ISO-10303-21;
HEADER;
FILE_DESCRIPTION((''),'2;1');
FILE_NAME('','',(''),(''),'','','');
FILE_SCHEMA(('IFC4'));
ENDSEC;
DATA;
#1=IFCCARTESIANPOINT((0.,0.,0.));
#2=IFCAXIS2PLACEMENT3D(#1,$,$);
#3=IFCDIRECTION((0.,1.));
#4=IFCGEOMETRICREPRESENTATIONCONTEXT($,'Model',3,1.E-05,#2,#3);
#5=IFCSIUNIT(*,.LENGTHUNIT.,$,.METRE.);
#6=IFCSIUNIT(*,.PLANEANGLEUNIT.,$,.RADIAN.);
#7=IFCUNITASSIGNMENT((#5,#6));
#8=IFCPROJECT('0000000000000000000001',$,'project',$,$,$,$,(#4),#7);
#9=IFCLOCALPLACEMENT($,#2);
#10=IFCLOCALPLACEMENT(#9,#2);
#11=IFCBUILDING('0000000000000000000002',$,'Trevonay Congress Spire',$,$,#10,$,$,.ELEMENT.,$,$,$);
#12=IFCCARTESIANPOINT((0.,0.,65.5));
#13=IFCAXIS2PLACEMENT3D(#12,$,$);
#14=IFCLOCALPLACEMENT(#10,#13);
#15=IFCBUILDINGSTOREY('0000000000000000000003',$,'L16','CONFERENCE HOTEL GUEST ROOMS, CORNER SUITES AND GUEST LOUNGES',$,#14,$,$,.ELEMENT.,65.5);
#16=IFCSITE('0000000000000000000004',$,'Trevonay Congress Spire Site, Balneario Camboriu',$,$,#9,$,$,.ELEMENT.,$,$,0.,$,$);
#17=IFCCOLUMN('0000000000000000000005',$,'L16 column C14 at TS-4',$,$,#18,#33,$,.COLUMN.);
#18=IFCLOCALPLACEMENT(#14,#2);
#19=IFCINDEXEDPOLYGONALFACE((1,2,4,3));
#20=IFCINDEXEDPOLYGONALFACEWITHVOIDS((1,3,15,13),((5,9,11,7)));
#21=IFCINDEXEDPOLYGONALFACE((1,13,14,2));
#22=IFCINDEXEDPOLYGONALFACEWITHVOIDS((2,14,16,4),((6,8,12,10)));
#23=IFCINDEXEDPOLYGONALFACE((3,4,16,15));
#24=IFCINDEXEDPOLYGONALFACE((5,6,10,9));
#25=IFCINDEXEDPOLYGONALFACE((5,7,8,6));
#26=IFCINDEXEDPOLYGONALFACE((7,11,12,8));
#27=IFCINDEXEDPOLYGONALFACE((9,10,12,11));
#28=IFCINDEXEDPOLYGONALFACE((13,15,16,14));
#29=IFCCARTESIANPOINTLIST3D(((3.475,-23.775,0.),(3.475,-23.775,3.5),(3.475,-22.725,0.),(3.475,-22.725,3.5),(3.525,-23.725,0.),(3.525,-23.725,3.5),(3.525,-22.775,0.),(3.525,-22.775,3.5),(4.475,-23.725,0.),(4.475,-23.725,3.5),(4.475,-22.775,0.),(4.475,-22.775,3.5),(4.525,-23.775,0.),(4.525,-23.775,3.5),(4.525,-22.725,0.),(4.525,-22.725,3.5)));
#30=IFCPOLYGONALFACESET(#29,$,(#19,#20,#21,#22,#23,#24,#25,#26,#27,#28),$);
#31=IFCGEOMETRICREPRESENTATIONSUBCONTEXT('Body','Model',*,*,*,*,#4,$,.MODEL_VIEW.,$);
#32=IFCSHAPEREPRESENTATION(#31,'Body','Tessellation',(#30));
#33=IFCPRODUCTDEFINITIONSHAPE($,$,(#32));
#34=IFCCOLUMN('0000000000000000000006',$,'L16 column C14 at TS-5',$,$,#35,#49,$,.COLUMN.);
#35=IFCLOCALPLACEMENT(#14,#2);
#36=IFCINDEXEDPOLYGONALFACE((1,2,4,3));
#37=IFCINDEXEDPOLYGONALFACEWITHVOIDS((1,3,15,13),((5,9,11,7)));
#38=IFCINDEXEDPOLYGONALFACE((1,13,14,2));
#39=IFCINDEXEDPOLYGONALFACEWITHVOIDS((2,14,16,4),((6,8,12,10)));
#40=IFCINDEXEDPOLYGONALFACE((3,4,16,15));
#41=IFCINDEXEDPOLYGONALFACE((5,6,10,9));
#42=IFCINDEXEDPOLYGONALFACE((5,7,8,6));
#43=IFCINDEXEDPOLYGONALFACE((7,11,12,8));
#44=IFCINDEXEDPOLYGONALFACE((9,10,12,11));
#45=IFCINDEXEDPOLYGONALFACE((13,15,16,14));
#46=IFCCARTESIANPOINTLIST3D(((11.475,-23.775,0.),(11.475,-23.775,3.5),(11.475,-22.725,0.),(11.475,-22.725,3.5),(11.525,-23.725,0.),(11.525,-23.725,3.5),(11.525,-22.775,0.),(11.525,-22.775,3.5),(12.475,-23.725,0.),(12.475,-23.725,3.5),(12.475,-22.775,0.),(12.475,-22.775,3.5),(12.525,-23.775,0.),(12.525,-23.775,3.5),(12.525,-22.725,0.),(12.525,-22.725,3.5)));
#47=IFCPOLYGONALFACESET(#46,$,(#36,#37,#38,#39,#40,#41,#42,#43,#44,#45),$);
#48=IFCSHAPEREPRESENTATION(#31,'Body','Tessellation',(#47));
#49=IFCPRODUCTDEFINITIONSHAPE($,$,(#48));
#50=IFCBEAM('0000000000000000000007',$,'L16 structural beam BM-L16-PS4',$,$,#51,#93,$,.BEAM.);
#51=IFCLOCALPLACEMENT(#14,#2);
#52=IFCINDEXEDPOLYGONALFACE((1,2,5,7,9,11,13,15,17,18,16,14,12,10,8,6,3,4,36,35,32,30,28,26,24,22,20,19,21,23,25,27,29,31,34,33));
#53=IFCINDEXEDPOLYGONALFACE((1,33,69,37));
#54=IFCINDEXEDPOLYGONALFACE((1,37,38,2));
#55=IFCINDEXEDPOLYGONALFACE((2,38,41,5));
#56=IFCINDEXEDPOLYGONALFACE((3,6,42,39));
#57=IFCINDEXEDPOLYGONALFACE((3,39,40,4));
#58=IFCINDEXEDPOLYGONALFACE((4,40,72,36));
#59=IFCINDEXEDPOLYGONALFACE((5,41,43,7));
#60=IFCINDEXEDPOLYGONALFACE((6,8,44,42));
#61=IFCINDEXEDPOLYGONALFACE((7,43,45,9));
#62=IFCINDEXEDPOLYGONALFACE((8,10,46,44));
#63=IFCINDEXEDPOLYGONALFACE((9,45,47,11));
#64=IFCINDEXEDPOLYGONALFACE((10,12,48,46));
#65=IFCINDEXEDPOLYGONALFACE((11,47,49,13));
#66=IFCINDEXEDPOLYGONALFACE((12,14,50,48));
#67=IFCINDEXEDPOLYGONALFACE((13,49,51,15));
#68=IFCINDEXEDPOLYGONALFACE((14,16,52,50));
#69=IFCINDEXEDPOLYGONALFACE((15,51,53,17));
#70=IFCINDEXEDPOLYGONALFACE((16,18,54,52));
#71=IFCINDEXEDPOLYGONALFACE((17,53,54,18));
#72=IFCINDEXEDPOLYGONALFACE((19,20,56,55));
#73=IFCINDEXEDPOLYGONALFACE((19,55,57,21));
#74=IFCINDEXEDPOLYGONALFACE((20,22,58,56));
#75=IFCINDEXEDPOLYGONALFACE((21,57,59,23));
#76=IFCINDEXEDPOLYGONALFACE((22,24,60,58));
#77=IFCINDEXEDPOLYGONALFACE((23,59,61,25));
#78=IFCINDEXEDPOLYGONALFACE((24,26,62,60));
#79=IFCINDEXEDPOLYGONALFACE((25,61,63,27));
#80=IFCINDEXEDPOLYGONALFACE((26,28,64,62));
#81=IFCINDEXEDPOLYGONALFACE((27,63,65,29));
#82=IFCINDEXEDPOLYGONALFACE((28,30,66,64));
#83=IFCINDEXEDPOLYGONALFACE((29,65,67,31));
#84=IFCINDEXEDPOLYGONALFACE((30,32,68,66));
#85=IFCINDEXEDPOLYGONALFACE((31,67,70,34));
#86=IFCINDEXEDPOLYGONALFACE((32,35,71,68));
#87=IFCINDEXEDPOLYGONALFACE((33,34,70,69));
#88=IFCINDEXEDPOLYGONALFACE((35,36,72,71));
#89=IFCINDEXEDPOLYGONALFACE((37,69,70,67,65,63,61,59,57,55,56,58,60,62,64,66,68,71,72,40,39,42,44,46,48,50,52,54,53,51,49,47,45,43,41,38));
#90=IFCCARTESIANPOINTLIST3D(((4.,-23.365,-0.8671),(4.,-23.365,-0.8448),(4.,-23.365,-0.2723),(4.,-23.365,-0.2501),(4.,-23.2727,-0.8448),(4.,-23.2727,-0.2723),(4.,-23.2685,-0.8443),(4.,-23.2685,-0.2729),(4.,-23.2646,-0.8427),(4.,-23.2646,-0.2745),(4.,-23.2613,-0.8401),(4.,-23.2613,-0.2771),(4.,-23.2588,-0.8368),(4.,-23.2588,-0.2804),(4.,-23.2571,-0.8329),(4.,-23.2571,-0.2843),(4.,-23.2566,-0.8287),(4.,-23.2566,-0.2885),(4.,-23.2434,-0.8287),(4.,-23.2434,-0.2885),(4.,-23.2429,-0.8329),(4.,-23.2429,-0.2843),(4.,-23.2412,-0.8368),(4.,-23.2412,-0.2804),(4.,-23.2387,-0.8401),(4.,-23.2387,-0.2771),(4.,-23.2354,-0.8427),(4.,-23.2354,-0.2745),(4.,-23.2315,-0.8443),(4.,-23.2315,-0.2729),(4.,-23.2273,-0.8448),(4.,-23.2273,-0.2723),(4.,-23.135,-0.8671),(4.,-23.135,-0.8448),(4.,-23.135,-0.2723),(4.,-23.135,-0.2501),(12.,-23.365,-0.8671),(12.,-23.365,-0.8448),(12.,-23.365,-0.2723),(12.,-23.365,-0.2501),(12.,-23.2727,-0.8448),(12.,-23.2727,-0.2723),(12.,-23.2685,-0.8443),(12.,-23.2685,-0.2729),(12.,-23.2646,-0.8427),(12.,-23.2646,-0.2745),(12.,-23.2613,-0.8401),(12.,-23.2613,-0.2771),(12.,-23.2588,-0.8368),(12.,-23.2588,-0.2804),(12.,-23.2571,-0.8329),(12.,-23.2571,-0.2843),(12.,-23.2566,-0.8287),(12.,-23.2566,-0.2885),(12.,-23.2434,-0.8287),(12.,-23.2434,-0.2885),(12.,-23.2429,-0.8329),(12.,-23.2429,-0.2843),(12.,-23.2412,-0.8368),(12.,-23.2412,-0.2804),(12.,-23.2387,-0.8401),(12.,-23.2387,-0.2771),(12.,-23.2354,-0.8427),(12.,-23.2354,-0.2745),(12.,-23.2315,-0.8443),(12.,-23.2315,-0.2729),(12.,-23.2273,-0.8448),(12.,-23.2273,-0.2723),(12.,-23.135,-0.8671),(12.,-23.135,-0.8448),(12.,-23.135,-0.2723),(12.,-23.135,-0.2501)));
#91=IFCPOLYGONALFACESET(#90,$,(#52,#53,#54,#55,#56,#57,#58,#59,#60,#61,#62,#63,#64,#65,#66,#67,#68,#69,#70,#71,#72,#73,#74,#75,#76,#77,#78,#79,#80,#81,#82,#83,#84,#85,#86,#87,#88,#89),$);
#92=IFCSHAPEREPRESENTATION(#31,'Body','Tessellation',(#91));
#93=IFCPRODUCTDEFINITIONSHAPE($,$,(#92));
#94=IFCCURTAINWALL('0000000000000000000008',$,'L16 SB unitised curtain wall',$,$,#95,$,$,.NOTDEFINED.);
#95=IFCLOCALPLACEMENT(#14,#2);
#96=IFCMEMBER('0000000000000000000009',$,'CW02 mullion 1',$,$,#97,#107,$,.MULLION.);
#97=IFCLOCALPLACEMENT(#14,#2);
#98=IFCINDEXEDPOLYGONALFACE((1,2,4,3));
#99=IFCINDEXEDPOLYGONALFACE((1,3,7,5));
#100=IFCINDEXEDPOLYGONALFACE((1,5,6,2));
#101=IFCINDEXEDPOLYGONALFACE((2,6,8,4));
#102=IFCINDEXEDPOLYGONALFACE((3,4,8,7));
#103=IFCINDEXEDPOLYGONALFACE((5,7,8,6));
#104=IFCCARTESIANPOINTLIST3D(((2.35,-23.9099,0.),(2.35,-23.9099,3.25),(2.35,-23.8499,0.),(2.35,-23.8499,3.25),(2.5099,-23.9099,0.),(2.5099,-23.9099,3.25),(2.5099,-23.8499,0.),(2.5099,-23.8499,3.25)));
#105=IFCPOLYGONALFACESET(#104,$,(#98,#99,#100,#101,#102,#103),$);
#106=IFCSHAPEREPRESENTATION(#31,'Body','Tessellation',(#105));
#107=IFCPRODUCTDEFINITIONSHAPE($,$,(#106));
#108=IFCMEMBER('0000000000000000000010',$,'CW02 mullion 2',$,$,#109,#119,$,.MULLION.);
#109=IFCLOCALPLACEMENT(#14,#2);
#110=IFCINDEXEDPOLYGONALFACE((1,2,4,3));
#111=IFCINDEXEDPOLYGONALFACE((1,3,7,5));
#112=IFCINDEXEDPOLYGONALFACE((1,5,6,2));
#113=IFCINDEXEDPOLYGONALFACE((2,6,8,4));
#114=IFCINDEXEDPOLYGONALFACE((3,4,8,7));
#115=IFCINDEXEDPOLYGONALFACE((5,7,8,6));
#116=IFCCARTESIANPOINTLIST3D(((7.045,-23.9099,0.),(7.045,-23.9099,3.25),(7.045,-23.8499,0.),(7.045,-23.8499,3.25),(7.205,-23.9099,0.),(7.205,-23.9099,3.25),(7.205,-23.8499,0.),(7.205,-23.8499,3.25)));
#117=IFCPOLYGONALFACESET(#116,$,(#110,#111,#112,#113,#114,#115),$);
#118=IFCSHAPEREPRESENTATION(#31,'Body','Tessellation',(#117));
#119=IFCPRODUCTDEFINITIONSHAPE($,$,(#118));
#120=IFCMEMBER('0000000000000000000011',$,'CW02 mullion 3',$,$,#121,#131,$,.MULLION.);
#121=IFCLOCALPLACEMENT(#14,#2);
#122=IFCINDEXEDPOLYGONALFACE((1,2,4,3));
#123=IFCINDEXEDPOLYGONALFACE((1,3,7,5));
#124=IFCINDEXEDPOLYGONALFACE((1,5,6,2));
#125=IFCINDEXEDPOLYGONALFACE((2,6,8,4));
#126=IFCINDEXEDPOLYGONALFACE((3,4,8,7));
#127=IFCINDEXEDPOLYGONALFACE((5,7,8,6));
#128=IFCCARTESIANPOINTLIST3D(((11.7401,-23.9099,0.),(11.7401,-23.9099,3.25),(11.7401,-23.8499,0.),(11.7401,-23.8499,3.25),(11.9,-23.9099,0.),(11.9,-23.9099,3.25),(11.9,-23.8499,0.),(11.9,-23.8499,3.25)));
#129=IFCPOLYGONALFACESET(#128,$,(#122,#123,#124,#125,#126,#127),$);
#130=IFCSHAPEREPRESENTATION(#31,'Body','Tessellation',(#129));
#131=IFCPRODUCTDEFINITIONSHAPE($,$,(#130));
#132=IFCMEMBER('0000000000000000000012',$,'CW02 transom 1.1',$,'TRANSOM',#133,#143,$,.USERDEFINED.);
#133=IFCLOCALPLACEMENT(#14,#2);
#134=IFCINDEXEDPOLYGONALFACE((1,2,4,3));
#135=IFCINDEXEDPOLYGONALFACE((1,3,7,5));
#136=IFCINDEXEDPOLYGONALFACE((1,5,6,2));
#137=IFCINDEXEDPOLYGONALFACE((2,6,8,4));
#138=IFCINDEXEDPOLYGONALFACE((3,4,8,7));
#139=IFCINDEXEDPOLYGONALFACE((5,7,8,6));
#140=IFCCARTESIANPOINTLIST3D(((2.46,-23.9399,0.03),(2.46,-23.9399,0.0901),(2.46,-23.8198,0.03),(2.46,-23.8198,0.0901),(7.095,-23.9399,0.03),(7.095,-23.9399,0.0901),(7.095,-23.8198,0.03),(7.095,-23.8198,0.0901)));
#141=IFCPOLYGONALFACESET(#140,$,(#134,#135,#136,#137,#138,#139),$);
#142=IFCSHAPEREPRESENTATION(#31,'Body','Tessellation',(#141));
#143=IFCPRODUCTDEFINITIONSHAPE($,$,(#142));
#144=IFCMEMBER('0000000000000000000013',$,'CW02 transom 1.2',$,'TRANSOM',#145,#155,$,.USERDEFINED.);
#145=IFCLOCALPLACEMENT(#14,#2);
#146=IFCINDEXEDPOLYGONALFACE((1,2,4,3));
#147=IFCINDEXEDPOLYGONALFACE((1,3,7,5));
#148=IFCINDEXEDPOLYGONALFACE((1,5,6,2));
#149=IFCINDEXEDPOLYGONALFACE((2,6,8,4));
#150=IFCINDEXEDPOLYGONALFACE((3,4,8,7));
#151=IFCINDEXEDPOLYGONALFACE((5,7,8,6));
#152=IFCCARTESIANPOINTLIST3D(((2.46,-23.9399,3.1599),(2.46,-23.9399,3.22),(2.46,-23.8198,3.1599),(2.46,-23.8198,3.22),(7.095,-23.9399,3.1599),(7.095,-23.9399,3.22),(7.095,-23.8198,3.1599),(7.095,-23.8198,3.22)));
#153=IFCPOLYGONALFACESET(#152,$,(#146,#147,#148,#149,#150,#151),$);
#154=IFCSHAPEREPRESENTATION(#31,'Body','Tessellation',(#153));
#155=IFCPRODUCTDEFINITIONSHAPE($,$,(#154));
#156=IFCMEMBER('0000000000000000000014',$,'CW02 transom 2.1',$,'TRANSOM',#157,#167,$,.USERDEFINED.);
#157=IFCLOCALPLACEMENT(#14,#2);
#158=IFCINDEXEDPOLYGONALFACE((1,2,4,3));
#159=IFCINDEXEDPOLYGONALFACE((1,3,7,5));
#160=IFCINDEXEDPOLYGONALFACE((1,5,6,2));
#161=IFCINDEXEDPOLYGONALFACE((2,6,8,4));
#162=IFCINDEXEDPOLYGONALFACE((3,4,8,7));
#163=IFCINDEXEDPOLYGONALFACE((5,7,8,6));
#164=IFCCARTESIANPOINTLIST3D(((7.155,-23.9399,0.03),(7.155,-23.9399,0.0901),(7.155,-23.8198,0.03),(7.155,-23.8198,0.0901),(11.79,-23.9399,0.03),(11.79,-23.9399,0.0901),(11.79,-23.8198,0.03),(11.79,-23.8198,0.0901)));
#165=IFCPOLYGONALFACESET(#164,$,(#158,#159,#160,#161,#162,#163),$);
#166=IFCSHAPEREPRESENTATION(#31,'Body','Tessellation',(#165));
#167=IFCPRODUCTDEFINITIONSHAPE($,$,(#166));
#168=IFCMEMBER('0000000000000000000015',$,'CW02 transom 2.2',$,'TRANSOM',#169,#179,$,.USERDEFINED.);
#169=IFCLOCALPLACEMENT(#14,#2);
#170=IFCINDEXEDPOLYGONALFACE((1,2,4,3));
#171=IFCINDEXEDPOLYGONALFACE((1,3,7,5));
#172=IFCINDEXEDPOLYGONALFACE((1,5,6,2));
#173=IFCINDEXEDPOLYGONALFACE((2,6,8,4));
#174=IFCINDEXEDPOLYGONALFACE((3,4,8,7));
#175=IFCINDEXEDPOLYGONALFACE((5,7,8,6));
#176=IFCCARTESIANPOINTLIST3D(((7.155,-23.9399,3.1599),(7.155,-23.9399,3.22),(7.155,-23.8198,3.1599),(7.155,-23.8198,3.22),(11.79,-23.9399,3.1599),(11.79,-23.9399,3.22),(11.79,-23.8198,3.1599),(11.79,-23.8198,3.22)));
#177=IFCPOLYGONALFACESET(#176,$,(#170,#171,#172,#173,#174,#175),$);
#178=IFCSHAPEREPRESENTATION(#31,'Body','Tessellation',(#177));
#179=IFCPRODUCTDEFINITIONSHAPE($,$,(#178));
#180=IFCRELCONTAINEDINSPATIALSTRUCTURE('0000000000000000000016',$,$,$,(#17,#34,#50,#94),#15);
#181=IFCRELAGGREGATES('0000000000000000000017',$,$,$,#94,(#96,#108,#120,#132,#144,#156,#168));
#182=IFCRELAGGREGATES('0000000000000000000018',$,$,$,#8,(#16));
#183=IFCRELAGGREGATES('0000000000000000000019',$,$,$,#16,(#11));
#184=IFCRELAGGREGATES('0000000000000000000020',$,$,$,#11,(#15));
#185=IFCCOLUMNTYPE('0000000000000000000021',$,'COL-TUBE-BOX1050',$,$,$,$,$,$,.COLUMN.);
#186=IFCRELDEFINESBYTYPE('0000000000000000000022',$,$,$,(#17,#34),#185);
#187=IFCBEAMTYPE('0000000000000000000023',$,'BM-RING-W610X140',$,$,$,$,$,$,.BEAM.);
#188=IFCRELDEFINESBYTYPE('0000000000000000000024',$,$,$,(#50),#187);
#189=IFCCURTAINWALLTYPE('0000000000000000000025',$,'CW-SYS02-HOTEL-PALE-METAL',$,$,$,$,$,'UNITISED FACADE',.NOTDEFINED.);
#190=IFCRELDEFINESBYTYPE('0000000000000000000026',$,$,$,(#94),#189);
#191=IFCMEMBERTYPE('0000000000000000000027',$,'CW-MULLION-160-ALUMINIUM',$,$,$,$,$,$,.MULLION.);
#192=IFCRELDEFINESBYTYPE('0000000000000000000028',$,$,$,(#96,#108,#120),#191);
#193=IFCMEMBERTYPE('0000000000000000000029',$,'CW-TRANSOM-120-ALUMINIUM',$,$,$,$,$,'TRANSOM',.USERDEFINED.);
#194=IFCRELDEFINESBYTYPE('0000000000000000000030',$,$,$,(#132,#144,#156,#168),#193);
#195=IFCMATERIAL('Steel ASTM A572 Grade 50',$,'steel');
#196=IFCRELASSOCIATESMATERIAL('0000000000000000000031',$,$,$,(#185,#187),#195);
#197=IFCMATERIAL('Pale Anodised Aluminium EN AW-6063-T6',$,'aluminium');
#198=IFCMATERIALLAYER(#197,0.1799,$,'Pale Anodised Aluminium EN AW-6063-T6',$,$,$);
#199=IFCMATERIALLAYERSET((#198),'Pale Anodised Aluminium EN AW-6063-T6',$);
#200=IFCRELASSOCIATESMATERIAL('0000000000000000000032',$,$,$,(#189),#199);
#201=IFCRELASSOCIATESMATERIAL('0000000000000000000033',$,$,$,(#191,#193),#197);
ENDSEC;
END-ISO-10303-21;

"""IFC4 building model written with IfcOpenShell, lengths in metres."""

from ifc_helpers import new_model, si_unit, direction, frame, origin, origin_2d, place, context, subcontext, project, spatial, rectangle, hollow_rectangle, i_section, extrude, material, layer, layer_set, material_profile, profile_set, type_object, element, aggregate, save


model = new_model("IFC4")

# Units and contexts
model_context = context("Model", 3, precision=1e-05, world=origin(), true_north=direction((0.0, 1.0)))
body_context = subcontext(model_context, "Body", "Model", "MODEL_VIEW")
ifc_project = project(units=[si_unit("LENGTHUNIT", "METRE"), si_unit("PLANEANGLEUNIT", "RADIAN")], contexts=[model_context])

# Site, building, storey
site_placement = place(None, origin())
site = spatial("IfcSite", under=ifc_project, at=site_placement, Name="Trevonay Congress Spire Site, Balneario Camboriu", CompositionType="ELEMENT", RefElevation=0.0)
building_placement = place(site_placement, origin())
building = spatial("IfcBuilding", under=site, at=building_placement, Name="Trevonay Congress Spire", CompositionType="ELEMENT")
storey_placement = place(building_placement, frame((0.0, 0.0, 65.5)))
storey = spatial("IfcBuildingStorey", under=building, at=storey_placement, Name="L16", Description="CONFERENCE HOTEL GUEST ROOMS, CORNER SUITES AND GUEST LOUNGES", CompositionType="ELEMENT", Elevation=65.5)

# Columns
ifc_material_1 = material(Name="Steel ASTM A572 Grade 50", Category="steel")
ifc_material_profile_1 = material_profile(ifc_material_1, hollow_rectangle(XDim=1.05, YDim=1.05, WallThickness=0.05, at=origin_2d()), Name="BOX 1050x1050x50")
ifc_profile_set_1 = profile_set([ifc_material_profile_1], Name="Steel ASTM A572 Grade 50")
column_type = type_object("IfcColumnType", Name="COL-TUBE-BOX1050", PredefinedType="COLUMN", material=ifc_profile_set_1)
for number, where, z_axis, x_axis, name in (
    (1, (4.0, -23.25, 0.0), (0.0, 0.0, 1.0), (1.0, 0.0, 0.0), "L16 column C14 at TS-4"),
    (2, (12.0, -23.25, 0.0), (0.0, 0.0, 1.0), (1.0, 0.0, 0.0), "L16 column C14 at TS-5"),
):
    element("IfcColumn", number, at=place(storey_placement, frame(where, z_axis=z_axis, x_axis=x_axis)), inside=storey, type_object=column_type, Name=name, PredefinedType="COLUMN", context=body_context, shape_type="SweptSolid", body=[
        extrude(hollow_rectangle(XDim=1.05, YDim=1.05, WallThickness=0.05, at=origin_2d()), origin(), (0.0, 0.0, 1.0), 3.5),
    ])

# Beam
ifc_material_profile_2 = material_profile(ifc_material_1, i_section(OverallWidth=0.23, OverallDepth=0.6169, WebThickness=0.0132, FlangeThickness=0.0222, FilletRadius=0.0161, at=origin_2d()), Name="W610x140")
ifc_profile_set_2 = profile_set([ifc_material_profile_2], Name="Steel ASTM A572 Grade 50")
beam_type_1 = type_object("IfcBeamType", Name="BM-RING-W610X140", PredefinedType="BEAM", material=ifc_profile_set_2)
beam_1_placement = place(storey_placement, frame((4.0, -23.25, -0.5586), z_axis=(1.0, 0.0, 0.0), x_axis=(0.0, 1.0, 0.0)))
element("IfcBeam", 3, at=beam_1_placement, inside=storey, type_object=beam_type_1, Name="L16 structural beam BM-L16-PS4", PredefinedType="BEAM", context=body_context, shape_type="SweptSolid", body=[
    extrude(i_section(OverallWidth=0.23, OverallDepth=0.6169, WebThickness=0.0132, FlangeThickness=0.0222, FilletRadius=0.0161, at=origin_2d()), origin(), (0.0, 0.0, 1.0), 8.0),
])

# Curtain wall, members
ifc_material_2 = material(Name="Pale Anodised Aluminium EN AW-6063-T6", Category="aluminium")
ifc_layer_1 = layer(ifc_material_2, 0.1799, Name="Pale Anodised Aluminium EN AW-6063-T6")
ifc_layer_set_1 = layer_set([ifc_layer_1], Name="Pale Anodised Aluminium EN AW-6063-T6")
curtain_wall_type = type_object("IfcCurtainWallType", Name="CW-SYS02-HOTEL-PALE-METAL", ElementType="UNITISED FACADE", PredefinedType="NOTDEFINED", material=ifc_layer_set_1)
curtain_wall_placement = place(storey_placement, origin())
curtain_wall = element("IfcCurtainWall", 4, at=curtain_wall_placement, inside=storey, type_object=curtain_wall_type, Name="L16 SB unitised curtain wall", PredefinedType="NOTDEFINED")
ifc_material_profile_3 = material_profile(ifc_material_2, rectangle(XDim=0.0601, YDim=0.1599, at=origin_2d()), Name="CW-MULLION-160-ALUMINIUM")
ifc_profile_set_3 = profile_set([ifc_material_profile_3], Name="Pale Anodised Aluminium EN AW-6063-T6")
member_type_1 = type_object("IfcMemberType", Name="CW-MULLION-160-ALUMINIUM", PredefinedType="MULLION", material=ifc_profile_set_3)
member_1_placement = place(storey_placement, frame((2.4299, -23.8799, 0.0), z_axis=(0.0, 0.0, 1.0), x_axis=(0.0, 1.0, 0.0)))
member_1 = element("IfcMember", 5, at=member_1_placement, type_object=member_type_1, Name="CW02 mullion 1", PredefinedType="MULLION", context=body_context, shape_type="SweptSolid", body=[
    extrude(rectangle(XDim=0.0601, YDim=0.1599, at=origin_2d()), origin(), (0.0, 0.0, 1.0), 3.25),
])
member_2_placement = place(storey_placement, frame((7.125, -23.8799, 0.0), z_axis=(0.0, 0.0, 1.0), x_axis=(0.0, 1.0, 0.0)))
member_2 = element("IfcMember", 6, at=member_2_placement, type_object=member_type_1, Name="CW02 mullion 2", PredefinedType="MULLION", context=body_context, shape_type="SweptSolid", body=[
    extrude(rectangle(XDim=0.0601, YDim=0.1599, at=origin_2d()), origin(), (0.0, 0.0, 1.0), 3.25),
])
member_3_placement = place(storey_placement, frame((11.8201, -23.8799, 0.0), z_axis=(0.0, 0.0, 1.0), x_axis=(0.0, 1.0, 0.0)))
member_3 = element("IfcMember", 7, at=member_3_placement, type_object=member_type_1, Name="CW02 mullion 3", PredefinedType="MULLION", context=body_context, shape_type="SweptSolid", body=[
    extrude(rectangle(XDim=0.0601, YDim=0.1599, at=origin_2d()), origin(), (0.0, 0.0, 1.0), 3.25),
])
ifc_material_profile_4 = material_profile(ifc_material_2, rectangle(XDim=0.1201, YDim=0.0601, at=origin_2d()), Name="CW-TRANSOM-120-ALUMINIUM")
ifc_profile_set_4 = profile_set([ifc_material_profile_4], Name="Pale Anodised Aluminium EN AW-6063-T6")
member_type_2 = type_object("IfcMemberType", Name="CW-TRANSOM-120-ALUMINIUM", ElementType="TRANSOM", PredefinedType="USERDEFINED", material=ifc_profile_set_4)
member_4_placement = place(storey_placement, frame((2.46, -23.8799, 0.0601), z_axis=(1.0, 0.0, 0.0), x_axis=(0.0, 1.0, 0.0)))
member_4 = element("IfcMember", 8, at=member_4_placement, type_object=member_type_2, Name="CW02 transom 1.1", ObjectType="TRANSOM", PredefinedType="USERDEFINED", context=body_context, shape_type="SweptSolid", body=[
    extrude(rectangle(XDim=0.1201, YDim=0.0601, at=origin_2d()), origin(), (0.0, 0.0, 1.0), 4.635),
])
member_5_placement = place(storey_placement, frame((2.46, -23.8799, 3.1899), z_axis=(1.0, 0.0, 0.0), x_axis=(0.0, 1.0, 0.0)))
member_5 = element("IfcMember", 9, at=member_5_placement, type_object=member_type_2, Name="CW02 transom 1.2", ObjectType="TRANSOM", PredefinedType="USERDEFINED", context=body_context, shape_type="SweptSolid", body=[
    extrude(rectangle(XDim=0.1201, YDim=0.0601, at=origin_2d()), origin(), (0.0, 0.0, 1.0), 4.635),
])
member_6_placement = place(storey_placement, frame((7.155, -23.8799, 0.0601), z_axis=(1.0, 0.0, 0.0), x_axis=(0.0, 1.0, 0.0)))
member_6 = element("IfcMember", 10, at=member_6_placement, type_object=member_type_2, Name="CW02 transom 2.1", ObjectType="TRANSOM", PredefinedType="USERDEFINED", context=body_context, shape_type="SweptSolid", body=[
    extrude(rectangle(XDim=0.1201, YDim=0.0601, at=origin_2d()), origin(), (0.0, 0.0, 1.0), 4.635),
])
member_7_placement = place(storey_placement, frame((7.155, -23.8799, 3.1899), z_axis=(1.0, 0.0, 0.0), x_axis=(0.0, 1.0, 0.0)))
member_7 = element("IfcMember", 11, at=member_7_placement, type_object=member_type_2, Name="CW02 transom 2.2", ObjectType="TRANSOM", PredefinedType="USERDEFINED", context=body_context, shape_type="SweptSolid", body=[
    extrude(rectangle(XDim=0.1201, YDim=0.0601, at=origin_2d()), origin(), (0.0, 0.0, 1.0), 4.635),
])

aggregate(curtain_wall, [member_1, member_2, member_3, member_4, member_5, member_6, member_7])

save(model, "model.ifc")
